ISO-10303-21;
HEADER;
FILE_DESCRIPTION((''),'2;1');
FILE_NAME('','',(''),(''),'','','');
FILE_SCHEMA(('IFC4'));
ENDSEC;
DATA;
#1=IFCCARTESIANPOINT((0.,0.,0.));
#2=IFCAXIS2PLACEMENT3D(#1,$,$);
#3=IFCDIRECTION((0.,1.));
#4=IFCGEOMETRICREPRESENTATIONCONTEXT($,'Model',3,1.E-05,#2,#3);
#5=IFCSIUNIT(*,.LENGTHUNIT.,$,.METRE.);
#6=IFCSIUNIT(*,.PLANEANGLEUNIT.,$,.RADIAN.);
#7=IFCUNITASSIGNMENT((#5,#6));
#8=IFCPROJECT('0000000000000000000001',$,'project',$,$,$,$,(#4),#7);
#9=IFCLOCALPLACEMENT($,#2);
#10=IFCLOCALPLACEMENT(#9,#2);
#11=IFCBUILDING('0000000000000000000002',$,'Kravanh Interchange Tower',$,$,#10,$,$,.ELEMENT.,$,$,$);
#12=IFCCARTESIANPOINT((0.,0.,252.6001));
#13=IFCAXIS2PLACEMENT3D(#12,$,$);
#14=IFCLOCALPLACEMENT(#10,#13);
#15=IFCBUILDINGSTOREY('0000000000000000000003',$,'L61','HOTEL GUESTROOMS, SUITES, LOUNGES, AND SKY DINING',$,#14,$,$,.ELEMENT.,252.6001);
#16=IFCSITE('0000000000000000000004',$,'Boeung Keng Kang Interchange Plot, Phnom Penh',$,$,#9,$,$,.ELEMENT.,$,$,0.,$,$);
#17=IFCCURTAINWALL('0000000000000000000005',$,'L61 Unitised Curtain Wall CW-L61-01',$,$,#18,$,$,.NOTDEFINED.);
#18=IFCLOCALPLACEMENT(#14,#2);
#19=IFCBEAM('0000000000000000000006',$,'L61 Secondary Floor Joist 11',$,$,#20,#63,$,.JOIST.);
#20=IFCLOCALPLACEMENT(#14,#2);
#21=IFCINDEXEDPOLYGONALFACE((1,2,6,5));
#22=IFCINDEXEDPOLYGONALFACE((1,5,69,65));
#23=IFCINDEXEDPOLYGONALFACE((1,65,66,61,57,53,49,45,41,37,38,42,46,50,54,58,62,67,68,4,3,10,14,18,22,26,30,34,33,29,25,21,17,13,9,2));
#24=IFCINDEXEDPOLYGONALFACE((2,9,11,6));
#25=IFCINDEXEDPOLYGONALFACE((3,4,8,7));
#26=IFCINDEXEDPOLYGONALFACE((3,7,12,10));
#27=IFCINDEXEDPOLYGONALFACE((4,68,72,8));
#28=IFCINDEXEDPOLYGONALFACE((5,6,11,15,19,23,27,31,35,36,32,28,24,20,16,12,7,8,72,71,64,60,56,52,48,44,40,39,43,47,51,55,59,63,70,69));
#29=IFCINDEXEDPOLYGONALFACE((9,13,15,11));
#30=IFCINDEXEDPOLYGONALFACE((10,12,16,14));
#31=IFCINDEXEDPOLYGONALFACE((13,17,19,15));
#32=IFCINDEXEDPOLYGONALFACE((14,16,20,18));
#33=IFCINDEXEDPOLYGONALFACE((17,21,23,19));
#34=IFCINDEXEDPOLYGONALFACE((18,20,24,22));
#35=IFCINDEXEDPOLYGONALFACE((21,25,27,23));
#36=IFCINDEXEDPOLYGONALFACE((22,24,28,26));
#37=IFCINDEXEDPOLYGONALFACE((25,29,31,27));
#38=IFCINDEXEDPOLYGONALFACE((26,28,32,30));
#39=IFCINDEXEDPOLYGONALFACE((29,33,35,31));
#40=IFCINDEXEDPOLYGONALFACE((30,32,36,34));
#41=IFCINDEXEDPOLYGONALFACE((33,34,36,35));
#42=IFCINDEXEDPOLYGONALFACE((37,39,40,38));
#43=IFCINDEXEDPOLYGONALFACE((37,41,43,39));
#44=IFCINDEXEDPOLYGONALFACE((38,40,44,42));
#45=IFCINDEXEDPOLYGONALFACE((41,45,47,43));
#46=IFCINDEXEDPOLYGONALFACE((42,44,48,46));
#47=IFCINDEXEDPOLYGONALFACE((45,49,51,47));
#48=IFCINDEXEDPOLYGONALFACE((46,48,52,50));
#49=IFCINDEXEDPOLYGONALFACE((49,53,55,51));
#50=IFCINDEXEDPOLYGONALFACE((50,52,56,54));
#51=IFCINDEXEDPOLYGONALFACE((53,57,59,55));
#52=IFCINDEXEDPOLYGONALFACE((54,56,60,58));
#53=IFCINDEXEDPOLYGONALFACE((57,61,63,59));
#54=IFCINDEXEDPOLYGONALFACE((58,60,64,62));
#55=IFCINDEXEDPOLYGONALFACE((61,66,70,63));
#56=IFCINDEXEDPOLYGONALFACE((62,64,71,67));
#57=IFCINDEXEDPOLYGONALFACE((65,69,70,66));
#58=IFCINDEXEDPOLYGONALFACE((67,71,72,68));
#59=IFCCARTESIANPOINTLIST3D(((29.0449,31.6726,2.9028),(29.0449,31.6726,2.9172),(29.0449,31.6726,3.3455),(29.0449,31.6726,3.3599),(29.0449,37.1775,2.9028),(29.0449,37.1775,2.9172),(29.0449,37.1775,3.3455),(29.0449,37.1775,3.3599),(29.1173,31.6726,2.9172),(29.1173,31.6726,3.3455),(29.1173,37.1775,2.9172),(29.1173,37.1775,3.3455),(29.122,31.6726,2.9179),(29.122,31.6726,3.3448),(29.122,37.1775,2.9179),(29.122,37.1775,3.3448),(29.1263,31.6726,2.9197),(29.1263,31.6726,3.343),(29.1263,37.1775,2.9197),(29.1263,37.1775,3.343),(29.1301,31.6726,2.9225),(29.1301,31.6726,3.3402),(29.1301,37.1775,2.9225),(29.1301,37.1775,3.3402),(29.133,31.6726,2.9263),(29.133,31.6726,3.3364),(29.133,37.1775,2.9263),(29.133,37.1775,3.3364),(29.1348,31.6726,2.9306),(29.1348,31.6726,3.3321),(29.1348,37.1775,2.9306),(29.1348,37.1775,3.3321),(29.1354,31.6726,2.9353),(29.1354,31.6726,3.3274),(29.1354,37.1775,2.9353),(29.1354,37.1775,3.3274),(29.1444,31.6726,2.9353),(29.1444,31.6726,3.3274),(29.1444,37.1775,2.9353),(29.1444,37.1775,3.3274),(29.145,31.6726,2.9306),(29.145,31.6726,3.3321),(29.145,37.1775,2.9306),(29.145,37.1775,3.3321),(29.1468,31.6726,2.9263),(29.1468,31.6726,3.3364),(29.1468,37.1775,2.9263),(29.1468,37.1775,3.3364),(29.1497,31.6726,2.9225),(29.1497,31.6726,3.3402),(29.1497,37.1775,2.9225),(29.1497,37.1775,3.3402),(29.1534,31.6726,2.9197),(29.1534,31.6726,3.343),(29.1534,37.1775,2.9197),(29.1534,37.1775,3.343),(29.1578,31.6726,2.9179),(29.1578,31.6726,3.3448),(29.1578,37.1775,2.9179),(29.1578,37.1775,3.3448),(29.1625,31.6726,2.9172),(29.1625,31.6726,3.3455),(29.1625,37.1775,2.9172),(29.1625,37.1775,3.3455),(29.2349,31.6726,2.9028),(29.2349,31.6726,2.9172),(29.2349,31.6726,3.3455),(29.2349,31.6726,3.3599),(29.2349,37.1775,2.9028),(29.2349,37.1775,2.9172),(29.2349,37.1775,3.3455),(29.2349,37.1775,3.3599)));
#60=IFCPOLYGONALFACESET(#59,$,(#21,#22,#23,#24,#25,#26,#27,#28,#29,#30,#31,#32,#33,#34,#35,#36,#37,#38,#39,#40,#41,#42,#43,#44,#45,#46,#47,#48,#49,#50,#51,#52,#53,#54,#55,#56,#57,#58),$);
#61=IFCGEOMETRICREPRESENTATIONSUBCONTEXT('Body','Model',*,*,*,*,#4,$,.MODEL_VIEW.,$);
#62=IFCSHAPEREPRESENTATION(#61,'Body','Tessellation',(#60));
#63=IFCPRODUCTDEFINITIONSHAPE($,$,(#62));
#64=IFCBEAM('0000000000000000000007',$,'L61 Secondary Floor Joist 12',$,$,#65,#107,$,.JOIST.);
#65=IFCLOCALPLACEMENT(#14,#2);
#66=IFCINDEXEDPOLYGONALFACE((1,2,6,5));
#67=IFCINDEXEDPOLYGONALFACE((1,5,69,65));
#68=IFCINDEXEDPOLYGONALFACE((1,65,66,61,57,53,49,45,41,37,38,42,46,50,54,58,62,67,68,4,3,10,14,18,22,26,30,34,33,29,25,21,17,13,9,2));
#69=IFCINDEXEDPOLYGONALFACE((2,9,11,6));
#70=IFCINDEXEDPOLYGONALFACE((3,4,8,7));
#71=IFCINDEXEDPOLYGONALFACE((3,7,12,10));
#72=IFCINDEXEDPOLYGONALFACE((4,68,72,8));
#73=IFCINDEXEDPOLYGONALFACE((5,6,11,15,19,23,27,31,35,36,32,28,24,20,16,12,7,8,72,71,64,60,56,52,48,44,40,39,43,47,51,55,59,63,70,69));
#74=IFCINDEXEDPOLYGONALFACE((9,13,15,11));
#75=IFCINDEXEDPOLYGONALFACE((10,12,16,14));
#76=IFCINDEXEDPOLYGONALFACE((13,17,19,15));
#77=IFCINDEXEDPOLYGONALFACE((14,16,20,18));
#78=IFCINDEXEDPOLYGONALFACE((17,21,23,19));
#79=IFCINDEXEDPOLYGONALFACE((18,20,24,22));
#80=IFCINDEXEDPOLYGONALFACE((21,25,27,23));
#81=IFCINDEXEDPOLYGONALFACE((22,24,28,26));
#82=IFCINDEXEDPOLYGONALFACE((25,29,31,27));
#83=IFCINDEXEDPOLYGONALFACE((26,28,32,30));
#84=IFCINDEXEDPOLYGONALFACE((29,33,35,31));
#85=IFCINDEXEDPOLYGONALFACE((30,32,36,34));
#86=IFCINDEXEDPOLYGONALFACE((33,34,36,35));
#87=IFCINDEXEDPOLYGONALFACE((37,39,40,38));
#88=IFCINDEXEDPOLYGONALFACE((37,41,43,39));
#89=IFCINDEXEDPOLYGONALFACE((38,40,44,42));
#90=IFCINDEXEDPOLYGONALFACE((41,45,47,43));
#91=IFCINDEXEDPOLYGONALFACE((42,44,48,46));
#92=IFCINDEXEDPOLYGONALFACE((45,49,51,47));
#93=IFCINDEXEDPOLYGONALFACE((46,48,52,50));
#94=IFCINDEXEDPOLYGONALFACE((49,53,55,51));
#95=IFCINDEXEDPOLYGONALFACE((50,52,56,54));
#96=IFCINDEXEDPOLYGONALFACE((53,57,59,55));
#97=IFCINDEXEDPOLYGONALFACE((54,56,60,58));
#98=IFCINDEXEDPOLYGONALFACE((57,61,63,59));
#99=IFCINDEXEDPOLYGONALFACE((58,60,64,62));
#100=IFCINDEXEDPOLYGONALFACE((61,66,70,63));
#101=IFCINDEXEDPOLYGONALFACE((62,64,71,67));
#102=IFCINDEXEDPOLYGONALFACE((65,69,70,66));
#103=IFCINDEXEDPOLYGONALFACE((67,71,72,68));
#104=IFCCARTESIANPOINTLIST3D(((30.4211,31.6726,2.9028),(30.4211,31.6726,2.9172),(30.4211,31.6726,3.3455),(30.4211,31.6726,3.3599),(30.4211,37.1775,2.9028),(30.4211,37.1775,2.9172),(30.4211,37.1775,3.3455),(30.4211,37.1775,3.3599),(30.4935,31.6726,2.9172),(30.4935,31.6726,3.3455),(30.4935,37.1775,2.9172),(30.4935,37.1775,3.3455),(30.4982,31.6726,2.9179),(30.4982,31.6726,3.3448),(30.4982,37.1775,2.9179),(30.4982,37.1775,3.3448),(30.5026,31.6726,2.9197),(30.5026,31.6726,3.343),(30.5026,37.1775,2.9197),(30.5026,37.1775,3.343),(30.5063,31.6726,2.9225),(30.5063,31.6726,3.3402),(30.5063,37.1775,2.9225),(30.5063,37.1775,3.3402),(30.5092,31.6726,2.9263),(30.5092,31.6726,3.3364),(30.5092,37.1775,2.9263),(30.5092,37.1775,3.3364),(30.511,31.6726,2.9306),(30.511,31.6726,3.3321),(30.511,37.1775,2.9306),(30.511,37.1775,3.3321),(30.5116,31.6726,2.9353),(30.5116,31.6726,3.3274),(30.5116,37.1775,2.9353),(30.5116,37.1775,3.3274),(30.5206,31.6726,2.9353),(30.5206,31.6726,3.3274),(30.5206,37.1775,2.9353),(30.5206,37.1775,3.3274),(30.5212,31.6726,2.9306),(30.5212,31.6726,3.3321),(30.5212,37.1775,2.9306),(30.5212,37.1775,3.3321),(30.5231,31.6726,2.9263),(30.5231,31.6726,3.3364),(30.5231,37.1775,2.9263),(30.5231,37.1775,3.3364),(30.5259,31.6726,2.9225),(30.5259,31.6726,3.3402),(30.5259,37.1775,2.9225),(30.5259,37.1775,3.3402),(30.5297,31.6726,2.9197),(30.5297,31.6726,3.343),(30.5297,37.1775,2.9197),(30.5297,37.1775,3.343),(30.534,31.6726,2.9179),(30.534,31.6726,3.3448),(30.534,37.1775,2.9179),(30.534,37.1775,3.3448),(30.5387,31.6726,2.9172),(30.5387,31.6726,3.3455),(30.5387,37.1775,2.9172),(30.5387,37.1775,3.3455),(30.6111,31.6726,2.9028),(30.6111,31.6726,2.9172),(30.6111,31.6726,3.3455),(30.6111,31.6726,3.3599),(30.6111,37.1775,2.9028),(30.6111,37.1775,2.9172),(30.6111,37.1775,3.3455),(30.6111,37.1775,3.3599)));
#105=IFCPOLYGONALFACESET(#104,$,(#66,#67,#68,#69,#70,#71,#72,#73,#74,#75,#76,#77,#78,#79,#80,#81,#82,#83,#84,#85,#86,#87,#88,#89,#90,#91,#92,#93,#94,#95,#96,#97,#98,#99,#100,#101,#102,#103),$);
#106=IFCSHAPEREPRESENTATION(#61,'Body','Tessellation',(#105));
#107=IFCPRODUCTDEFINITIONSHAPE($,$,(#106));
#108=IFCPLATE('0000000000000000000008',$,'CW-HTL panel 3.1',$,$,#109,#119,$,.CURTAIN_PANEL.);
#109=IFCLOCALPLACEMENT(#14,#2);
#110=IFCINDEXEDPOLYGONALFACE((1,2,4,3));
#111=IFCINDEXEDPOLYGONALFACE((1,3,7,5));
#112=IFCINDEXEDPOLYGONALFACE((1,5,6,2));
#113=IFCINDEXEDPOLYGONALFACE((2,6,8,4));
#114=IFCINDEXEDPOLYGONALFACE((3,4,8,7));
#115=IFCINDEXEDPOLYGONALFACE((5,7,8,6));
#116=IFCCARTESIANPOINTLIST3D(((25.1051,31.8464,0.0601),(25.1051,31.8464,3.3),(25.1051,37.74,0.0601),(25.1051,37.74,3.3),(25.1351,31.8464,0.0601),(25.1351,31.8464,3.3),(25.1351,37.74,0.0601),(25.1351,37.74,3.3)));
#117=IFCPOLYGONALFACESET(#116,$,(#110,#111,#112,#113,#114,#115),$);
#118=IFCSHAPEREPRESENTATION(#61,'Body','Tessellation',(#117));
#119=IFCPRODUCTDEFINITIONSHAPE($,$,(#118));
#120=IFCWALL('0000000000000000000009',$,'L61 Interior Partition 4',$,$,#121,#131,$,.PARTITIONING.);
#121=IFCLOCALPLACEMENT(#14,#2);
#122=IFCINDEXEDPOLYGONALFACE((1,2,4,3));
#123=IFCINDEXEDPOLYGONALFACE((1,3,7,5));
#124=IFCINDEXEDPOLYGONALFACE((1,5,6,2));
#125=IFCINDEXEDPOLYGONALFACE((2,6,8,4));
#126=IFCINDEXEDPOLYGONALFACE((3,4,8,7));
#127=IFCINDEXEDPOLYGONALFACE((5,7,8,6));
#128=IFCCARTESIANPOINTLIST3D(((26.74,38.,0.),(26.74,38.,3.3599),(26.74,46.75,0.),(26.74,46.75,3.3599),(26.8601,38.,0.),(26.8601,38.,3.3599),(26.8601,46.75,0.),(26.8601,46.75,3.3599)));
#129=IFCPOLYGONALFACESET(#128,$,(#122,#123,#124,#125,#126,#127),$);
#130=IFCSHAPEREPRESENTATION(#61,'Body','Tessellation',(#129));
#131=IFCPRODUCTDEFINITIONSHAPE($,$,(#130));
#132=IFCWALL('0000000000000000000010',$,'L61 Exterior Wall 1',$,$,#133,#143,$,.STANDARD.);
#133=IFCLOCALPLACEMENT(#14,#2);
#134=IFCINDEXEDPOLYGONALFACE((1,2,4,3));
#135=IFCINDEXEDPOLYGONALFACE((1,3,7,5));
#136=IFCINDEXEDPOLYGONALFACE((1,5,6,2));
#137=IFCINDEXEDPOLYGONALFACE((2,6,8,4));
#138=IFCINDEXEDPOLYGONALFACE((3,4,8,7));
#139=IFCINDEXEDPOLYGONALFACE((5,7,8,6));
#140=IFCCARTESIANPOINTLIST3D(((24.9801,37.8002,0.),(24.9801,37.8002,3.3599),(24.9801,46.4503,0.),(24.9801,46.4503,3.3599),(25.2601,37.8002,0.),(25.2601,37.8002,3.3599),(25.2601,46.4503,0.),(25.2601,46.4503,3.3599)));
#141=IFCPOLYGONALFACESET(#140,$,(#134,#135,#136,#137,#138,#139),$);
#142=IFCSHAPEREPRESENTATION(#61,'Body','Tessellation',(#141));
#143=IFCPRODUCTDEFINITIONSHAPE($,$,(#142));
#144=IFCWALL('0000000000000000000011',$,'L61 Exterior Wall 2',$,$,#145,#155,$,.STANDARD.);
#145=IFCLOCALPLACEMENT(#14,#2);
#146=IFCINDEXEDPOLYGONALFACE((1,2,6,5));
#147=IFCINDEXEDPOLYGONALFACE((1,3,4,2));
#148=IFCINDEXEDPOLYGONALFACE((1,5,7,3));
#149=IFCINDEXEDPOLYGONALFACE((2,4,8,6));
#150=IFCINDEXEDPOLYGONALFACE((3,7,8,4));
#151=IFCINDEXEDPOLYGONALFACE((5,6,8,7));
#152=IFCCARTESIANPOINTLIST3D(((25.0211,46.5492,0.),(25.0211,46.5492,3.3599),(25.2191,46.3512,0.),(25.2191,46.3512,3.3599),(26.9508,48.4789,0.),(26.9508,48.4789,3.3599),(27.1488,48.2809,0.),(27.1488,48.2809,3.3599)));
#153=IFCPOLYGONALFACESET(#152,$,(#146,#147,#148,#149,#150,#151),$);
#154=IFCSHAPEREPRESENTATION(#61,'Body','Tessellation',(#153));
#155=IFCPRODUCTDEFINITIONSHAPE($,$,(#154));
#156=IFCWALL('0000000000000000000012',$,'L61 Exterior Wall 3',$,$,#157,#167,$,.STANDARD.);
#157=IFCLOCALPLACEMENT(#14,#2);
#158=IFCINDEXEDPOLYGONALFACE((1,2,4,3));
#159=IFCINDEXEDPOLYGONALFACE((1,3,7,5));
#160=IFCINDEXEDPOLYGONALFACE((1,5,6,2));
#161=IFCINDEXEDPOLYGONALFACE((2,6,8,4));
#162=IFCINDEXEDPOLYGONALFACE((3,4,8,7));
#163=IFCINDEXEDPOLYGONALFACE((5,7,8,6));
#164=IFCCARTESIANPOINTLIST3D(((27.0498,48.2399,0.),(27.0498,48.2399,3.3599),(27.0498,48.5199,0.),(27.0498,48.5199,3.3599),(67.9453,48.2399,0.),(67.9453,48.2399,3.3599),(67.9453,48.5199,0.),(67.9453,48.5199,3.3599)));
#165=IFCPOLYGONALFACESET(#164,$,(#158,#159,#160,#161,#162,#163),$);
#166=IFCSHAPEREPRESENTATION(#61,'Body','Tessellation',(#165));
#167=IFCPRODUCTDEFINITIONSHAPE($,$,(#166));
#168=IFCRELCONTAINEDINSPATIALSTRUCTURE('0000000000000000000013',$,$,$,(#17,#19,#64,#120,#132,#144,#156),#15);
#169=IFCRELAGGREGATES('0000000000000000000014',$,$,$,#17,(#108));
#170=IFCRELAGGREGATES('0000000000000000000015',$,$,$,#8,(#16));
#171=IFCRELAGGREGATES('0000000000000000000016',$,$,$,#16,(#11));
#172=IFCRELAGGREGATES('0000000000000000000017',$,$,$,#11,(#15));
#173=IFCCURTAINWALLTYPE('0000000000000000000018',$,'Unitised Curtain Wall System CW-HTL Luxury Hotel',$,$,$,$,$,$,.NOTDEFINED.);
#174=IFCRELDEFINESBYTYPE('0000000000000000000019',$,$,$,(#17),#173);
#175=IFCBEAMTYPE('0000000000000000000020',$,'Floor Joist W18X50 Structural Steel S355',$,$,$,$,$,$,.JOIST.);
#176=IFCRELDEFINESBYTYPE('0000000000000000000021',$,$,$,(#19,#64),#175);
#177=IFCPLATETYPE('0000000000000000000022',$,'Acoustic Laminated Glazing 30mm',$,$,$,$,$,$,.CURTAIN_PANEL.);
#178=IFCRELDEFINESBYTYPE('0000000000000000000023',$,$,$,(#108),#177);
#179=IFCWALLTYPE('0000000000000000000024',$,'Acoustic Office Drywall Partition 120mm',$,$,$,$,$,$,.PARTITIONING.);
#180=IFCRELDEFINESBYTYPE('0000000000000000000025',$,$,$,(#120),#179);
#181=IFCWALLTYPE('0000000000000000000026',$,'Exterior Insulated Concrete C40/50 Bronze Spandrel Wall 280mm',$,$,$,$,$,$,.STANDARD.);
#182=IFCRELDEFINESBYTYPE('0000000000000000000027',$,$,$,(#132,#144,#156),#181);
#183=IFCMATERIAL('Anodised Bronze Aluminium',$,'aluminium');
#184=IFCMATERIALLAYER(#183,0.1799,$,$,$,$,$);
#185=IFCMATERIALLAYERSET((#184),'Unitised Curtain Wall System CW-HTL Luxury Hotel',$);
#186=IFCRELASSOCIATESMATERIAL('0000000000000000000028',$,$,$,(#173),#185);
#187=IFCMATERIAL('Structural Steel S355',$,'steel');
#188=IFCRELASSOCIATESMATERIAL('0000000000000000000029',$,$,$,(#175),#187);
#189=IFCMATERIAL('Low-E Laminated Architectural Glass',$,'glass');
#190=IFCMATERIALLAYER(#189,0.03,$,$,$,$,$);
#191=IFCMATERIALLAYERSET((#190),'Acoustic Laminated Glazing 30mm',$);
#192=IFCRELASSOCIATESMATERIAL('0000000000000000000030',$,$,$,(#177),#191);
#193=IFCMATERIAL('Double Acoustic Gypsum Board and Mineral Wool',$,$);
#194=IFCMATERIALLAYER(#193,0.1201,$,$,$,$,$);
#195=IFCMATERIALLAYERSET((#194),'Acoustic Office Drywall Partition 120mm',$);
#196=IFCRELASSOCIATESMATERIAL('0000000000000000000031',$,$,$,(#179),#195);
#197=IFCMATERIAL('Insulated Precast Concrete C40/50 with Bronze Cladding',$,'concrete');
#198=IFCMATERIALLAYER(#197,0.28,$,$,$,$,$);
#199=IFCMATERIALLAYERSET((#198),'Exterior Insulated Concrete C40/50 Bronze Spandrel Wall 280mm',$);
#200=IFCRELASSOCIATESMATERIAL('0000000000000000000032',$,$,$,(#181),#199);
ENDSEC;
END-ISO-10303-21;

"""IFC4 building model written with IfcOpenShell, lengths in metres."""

from ifc_helpers import new_model, si_unit, direction, frame, frame_2d, origin, origin_2d, place, context, subcontext, project, spatial, rectangle, i_section, extrude, material, layer, layer_set, material_profile, profile_set, type_object, element, aggregate, save


model = new_model("IFC4")

# Units and contexts
model_context = context("Model", 3, precision=1e-05, world=origin(), true_north=direction((0.0, 1.0)))
body_context = subcontext(model_context, "Body", "Model", "MODEL_VIEW")
ifc_project = project(units=[si_unit("LENGTHUNIT", "METRE"), si_unit("PLANEANGLEUNIT", "RADIAN")], contexts=[model_context])

# Site, building, storey
site_placement = place(None, origin())
site = spatial("IfcSite", under=ifc_project, at=site_placement, Name="Boeung Keng Kang Interchange Plot, Phnom Penh", CompositionType="ELEMENT", RefElevation=0.0)
building_placement = place(site_placement, origin())
building = spatial("IfcBuilding", under=site, at=building_placement, Name="Kravanh Interchange Tower", CompositionType="ELEMENT")
storey_placement = place(building_placement, frame((0.0, 0.0, 252.6001)))
storey = spatial("IfcBuildingStorey", under=building, at=storey_placement, Name="L61", Description="HOTEL GUESTROOMS, SUITES, LOUNGES, AND SKY DINING", CompositionType="ELEMENT", Elevation=252.6001)

# Curtain wall
ifc_material_1 = material(Name="Anodised Bronze Aluminium", Category="aluminium")
ifc_layer_1 = layer(ifc_material_1, 0.1799)
ifc_layer_set_1 = layer_set([ifc_layer_1], Name="Unitised Curtain Wall System CW-HTL Luxury Hotel")
curtain_wall_type = type_object("IfcCurtainWallType", Name="Unitised Curtain Wall System CW-HTL Luxury Hotel", PredefinedType="NOTDEFINED", material=ifc_layer_set_1)
curtain_wall_placement = place(storey_placement, origin())
curtain_wall = element("IfcCurtainWall", 1, at=curtain_wall_placement, inside=storey, type_object=curtain_wall_type, Name="L61 Unitised Curtain Wall CW-L61-01", PredefinedType="NOTDEFINED")

# Beams
ifc_material_2 = material(Name="Structural Steel S355", Category="steel")
ifc_material_profile_1 = material_profile(ifc_material_2, i_section(OverallWidth=0.1899, OverallDepth=0.457, WebThickness=0.009, FlangeThickness=0.0144, FilletRadius=0.0181, at=origin_2d()), Name="W18X50")
ifc_profile_set_1 = profile_set([ifc_material_profile_1], Name="Structural Steel S355")
beam_type_1 = type_object("IfcBeamType", Name="Floor Joist W18X50 Structural Steel S355", PredefinedType="JOIST", material=ifc_profile_set_1)
for number, where, z_axis, x_axis, name in (
    (2, (29.1399, 31.6726, 3.1313), (0.0, 1.0, 0.0), (-1.0, 0.0, 0.0), "L61 Secondary Floor Joist 11"),
    (3, (30.5161, 31.6726, 3.1313), (0.0, 1.0, 0.0), (-1.0, 0.0, 0.0), "L61 Secondary Floor Joist 12"),
):
    element("IfcBeam", number, at=place(storey_placement, frame(where, z_axis=z_axis, x_axis=x_axis)), inside=storey, type_object=beam_type_1, Name=name, PredefinedType="JOIST", context=body_context, shape_type="SweptSolid", body=[
        extrude(i_section(OverallWidth=0.1899, OverallDepth=0.457, WebThickness=0.009, FlangeThickness=0.0144, FilletRadius=0.0181, at=origin_2d()), origin(), (0.0, 0.0, 1.0), 5.5049),
    ])

# Plate
ifc_material_3 = material(Name="Low-E Laminated Architectural Glass", Category="glass")
ifc_layer_2 = layer(ifc_material_3, 0.03)
ifc_layer_set_2 = layer_set([ifc_layer_2], Name="Acoustic Laminated Glazing 30mm")
plate_type = type_object("IfcPlateType", Name="Acoustic Laminated Glazing 30mm", PredefinedType="CURTAIN_PANEL", material=ifc_layer_set_2)
plate_placement = place(storey_placement, frame((25.1201, 34.7932, 0.0601), z_axis=(0.0, 0.0, 1.0), x_axis=(0.0, 1.0, 0.0)))
plate = element("IfcPlate", 4, at=plate_placement, type_object=plate_type, Name="CW-HTL panel 3.1", PredefinedType="CURTAIN_PANEL", context=body_context, shape_type="SweptSolid", body=[
    extrude(rectangle(XDim=5.8936, YDim=0.03, at=origin_2d()), origin(), (0.0, 0.0, 1.0), 3.24),
])
aggregate(curtain_wall, [plate])

# Walls
ifc_material_4 = material(Name="Double Acoustic Gypsum Board and Mineral Wool")
ifc_layer_3 = layer(ifc_material_4, 0.1201)
ifc_layer_set_3 = layer_set([ifc_layer_3], Name="Acoustic Office Drywall Partition 120mm")
wall_type_1 = type_object("IfcWallType", Name="Acoustic Office Drywall Partition 120mm", PredefinedType="PARTITIONING", material=ifc_layer_set_3)
wall_1_placement = place(storey_placement, frame((26.8, 38.0, 0.0), z_axis=(0.0, 0.0, 1.0), x_axis=(0.0, 1.0, 0.0)))
element("IfcWall", 5, at=wall_1_placement, inside=storey, type_object=wall_type_1, Name="L61 Interior Partition 4", PredefinedType="PARTITIONING", context=body_context, shape_type="SweptSolid", body=[
    extrude(rectangle(XDim=8.75, YDim=0.1201, at=frame_2d((4.375, 0.0))), origin(), (0.0, 0.0, 1.0), 3.3599),
])
ifc_material_5 = material(Name="Insulated Precast Concrete C40/50 with Bronze Cladding", Category="concrete")
ifc_layer_4 = layer(ifc_material_5, 0.28)
ifc_layer_set_4 = layer_set([ifc_layer_4], Name="Exterior Insulated Concrete C40/50 Bronze Spandrel Wall 280mm")
wall_type_2 = type_object("IfcWallType", Name="Exterior Insulated Concrete C40/50 Bronze Spandrel Wall 280mm", PredefinedType="STANDARD", material=ifc_layer_set_4)
wall_2_placement = place(storey_placement, frame((25.1201, 37.8, 0.0), z_axis=(0.0, 0.0, 1.0), x_axis=(0.0, 1.0, 0.0)))
element("IfcWall", 6, at=wall_2_placement, inside=storey, type_object=wall_type_2, Name="L61 Exterior Wall 1", PredefinedType="STANDARD", context=body_context, shape_type="SweptSolid", body=[
    extrude(rectangle(XDim=8.6501, YDim=0.28, at=frame_2d((4.3252, 0.0))), origin(), (0.0, 0.0, 1.0), 3.3599),
])
wall_3_placement = place(storey_placement, frame((25.1201, 46.4502, 0.0), z_axis=(0.0, 0.0, 1.0), x_axis=(0.707107, 0.707107, 0.0)))
element("IfcWall", 7, at=wall_3_placement, inside=storey, type_object=wall_type_2, Name="L61 Exterior Wall 2", PredefinedType="STANDARD", context=body_context, shape_type="SweptSolid", body=[
    extrude(rectangle(XDim=2.729, YDim=0.28, at=frame_2d((1.3645, 0.0))), origin(), (0.0, 0.0, 1.0), 3.3599),
])
wall_4_placement = place(storey_placement, frame((27.0498, 48.3799, 0.0), z_axis=(0.0, 0.0, 1.0), x_axis=(1.0, 0.0, 0.0)))
element("IfcWall", 8, at=wall_4_placement, inside=storey, type_object=wall_type_2, Name="L61 Exterior Wall 3", PredefinedType="STANDARD", context=body_context, shape_type="SweptSolid", body=[
    extrude(rectangle(XDim=40.8955, YDim=0.28, at=frame_2d((20.4478, 0.0))), origin(), (0.0, 0.0, 1.0), 3.3599),
])

save(model, "model.ifc")
